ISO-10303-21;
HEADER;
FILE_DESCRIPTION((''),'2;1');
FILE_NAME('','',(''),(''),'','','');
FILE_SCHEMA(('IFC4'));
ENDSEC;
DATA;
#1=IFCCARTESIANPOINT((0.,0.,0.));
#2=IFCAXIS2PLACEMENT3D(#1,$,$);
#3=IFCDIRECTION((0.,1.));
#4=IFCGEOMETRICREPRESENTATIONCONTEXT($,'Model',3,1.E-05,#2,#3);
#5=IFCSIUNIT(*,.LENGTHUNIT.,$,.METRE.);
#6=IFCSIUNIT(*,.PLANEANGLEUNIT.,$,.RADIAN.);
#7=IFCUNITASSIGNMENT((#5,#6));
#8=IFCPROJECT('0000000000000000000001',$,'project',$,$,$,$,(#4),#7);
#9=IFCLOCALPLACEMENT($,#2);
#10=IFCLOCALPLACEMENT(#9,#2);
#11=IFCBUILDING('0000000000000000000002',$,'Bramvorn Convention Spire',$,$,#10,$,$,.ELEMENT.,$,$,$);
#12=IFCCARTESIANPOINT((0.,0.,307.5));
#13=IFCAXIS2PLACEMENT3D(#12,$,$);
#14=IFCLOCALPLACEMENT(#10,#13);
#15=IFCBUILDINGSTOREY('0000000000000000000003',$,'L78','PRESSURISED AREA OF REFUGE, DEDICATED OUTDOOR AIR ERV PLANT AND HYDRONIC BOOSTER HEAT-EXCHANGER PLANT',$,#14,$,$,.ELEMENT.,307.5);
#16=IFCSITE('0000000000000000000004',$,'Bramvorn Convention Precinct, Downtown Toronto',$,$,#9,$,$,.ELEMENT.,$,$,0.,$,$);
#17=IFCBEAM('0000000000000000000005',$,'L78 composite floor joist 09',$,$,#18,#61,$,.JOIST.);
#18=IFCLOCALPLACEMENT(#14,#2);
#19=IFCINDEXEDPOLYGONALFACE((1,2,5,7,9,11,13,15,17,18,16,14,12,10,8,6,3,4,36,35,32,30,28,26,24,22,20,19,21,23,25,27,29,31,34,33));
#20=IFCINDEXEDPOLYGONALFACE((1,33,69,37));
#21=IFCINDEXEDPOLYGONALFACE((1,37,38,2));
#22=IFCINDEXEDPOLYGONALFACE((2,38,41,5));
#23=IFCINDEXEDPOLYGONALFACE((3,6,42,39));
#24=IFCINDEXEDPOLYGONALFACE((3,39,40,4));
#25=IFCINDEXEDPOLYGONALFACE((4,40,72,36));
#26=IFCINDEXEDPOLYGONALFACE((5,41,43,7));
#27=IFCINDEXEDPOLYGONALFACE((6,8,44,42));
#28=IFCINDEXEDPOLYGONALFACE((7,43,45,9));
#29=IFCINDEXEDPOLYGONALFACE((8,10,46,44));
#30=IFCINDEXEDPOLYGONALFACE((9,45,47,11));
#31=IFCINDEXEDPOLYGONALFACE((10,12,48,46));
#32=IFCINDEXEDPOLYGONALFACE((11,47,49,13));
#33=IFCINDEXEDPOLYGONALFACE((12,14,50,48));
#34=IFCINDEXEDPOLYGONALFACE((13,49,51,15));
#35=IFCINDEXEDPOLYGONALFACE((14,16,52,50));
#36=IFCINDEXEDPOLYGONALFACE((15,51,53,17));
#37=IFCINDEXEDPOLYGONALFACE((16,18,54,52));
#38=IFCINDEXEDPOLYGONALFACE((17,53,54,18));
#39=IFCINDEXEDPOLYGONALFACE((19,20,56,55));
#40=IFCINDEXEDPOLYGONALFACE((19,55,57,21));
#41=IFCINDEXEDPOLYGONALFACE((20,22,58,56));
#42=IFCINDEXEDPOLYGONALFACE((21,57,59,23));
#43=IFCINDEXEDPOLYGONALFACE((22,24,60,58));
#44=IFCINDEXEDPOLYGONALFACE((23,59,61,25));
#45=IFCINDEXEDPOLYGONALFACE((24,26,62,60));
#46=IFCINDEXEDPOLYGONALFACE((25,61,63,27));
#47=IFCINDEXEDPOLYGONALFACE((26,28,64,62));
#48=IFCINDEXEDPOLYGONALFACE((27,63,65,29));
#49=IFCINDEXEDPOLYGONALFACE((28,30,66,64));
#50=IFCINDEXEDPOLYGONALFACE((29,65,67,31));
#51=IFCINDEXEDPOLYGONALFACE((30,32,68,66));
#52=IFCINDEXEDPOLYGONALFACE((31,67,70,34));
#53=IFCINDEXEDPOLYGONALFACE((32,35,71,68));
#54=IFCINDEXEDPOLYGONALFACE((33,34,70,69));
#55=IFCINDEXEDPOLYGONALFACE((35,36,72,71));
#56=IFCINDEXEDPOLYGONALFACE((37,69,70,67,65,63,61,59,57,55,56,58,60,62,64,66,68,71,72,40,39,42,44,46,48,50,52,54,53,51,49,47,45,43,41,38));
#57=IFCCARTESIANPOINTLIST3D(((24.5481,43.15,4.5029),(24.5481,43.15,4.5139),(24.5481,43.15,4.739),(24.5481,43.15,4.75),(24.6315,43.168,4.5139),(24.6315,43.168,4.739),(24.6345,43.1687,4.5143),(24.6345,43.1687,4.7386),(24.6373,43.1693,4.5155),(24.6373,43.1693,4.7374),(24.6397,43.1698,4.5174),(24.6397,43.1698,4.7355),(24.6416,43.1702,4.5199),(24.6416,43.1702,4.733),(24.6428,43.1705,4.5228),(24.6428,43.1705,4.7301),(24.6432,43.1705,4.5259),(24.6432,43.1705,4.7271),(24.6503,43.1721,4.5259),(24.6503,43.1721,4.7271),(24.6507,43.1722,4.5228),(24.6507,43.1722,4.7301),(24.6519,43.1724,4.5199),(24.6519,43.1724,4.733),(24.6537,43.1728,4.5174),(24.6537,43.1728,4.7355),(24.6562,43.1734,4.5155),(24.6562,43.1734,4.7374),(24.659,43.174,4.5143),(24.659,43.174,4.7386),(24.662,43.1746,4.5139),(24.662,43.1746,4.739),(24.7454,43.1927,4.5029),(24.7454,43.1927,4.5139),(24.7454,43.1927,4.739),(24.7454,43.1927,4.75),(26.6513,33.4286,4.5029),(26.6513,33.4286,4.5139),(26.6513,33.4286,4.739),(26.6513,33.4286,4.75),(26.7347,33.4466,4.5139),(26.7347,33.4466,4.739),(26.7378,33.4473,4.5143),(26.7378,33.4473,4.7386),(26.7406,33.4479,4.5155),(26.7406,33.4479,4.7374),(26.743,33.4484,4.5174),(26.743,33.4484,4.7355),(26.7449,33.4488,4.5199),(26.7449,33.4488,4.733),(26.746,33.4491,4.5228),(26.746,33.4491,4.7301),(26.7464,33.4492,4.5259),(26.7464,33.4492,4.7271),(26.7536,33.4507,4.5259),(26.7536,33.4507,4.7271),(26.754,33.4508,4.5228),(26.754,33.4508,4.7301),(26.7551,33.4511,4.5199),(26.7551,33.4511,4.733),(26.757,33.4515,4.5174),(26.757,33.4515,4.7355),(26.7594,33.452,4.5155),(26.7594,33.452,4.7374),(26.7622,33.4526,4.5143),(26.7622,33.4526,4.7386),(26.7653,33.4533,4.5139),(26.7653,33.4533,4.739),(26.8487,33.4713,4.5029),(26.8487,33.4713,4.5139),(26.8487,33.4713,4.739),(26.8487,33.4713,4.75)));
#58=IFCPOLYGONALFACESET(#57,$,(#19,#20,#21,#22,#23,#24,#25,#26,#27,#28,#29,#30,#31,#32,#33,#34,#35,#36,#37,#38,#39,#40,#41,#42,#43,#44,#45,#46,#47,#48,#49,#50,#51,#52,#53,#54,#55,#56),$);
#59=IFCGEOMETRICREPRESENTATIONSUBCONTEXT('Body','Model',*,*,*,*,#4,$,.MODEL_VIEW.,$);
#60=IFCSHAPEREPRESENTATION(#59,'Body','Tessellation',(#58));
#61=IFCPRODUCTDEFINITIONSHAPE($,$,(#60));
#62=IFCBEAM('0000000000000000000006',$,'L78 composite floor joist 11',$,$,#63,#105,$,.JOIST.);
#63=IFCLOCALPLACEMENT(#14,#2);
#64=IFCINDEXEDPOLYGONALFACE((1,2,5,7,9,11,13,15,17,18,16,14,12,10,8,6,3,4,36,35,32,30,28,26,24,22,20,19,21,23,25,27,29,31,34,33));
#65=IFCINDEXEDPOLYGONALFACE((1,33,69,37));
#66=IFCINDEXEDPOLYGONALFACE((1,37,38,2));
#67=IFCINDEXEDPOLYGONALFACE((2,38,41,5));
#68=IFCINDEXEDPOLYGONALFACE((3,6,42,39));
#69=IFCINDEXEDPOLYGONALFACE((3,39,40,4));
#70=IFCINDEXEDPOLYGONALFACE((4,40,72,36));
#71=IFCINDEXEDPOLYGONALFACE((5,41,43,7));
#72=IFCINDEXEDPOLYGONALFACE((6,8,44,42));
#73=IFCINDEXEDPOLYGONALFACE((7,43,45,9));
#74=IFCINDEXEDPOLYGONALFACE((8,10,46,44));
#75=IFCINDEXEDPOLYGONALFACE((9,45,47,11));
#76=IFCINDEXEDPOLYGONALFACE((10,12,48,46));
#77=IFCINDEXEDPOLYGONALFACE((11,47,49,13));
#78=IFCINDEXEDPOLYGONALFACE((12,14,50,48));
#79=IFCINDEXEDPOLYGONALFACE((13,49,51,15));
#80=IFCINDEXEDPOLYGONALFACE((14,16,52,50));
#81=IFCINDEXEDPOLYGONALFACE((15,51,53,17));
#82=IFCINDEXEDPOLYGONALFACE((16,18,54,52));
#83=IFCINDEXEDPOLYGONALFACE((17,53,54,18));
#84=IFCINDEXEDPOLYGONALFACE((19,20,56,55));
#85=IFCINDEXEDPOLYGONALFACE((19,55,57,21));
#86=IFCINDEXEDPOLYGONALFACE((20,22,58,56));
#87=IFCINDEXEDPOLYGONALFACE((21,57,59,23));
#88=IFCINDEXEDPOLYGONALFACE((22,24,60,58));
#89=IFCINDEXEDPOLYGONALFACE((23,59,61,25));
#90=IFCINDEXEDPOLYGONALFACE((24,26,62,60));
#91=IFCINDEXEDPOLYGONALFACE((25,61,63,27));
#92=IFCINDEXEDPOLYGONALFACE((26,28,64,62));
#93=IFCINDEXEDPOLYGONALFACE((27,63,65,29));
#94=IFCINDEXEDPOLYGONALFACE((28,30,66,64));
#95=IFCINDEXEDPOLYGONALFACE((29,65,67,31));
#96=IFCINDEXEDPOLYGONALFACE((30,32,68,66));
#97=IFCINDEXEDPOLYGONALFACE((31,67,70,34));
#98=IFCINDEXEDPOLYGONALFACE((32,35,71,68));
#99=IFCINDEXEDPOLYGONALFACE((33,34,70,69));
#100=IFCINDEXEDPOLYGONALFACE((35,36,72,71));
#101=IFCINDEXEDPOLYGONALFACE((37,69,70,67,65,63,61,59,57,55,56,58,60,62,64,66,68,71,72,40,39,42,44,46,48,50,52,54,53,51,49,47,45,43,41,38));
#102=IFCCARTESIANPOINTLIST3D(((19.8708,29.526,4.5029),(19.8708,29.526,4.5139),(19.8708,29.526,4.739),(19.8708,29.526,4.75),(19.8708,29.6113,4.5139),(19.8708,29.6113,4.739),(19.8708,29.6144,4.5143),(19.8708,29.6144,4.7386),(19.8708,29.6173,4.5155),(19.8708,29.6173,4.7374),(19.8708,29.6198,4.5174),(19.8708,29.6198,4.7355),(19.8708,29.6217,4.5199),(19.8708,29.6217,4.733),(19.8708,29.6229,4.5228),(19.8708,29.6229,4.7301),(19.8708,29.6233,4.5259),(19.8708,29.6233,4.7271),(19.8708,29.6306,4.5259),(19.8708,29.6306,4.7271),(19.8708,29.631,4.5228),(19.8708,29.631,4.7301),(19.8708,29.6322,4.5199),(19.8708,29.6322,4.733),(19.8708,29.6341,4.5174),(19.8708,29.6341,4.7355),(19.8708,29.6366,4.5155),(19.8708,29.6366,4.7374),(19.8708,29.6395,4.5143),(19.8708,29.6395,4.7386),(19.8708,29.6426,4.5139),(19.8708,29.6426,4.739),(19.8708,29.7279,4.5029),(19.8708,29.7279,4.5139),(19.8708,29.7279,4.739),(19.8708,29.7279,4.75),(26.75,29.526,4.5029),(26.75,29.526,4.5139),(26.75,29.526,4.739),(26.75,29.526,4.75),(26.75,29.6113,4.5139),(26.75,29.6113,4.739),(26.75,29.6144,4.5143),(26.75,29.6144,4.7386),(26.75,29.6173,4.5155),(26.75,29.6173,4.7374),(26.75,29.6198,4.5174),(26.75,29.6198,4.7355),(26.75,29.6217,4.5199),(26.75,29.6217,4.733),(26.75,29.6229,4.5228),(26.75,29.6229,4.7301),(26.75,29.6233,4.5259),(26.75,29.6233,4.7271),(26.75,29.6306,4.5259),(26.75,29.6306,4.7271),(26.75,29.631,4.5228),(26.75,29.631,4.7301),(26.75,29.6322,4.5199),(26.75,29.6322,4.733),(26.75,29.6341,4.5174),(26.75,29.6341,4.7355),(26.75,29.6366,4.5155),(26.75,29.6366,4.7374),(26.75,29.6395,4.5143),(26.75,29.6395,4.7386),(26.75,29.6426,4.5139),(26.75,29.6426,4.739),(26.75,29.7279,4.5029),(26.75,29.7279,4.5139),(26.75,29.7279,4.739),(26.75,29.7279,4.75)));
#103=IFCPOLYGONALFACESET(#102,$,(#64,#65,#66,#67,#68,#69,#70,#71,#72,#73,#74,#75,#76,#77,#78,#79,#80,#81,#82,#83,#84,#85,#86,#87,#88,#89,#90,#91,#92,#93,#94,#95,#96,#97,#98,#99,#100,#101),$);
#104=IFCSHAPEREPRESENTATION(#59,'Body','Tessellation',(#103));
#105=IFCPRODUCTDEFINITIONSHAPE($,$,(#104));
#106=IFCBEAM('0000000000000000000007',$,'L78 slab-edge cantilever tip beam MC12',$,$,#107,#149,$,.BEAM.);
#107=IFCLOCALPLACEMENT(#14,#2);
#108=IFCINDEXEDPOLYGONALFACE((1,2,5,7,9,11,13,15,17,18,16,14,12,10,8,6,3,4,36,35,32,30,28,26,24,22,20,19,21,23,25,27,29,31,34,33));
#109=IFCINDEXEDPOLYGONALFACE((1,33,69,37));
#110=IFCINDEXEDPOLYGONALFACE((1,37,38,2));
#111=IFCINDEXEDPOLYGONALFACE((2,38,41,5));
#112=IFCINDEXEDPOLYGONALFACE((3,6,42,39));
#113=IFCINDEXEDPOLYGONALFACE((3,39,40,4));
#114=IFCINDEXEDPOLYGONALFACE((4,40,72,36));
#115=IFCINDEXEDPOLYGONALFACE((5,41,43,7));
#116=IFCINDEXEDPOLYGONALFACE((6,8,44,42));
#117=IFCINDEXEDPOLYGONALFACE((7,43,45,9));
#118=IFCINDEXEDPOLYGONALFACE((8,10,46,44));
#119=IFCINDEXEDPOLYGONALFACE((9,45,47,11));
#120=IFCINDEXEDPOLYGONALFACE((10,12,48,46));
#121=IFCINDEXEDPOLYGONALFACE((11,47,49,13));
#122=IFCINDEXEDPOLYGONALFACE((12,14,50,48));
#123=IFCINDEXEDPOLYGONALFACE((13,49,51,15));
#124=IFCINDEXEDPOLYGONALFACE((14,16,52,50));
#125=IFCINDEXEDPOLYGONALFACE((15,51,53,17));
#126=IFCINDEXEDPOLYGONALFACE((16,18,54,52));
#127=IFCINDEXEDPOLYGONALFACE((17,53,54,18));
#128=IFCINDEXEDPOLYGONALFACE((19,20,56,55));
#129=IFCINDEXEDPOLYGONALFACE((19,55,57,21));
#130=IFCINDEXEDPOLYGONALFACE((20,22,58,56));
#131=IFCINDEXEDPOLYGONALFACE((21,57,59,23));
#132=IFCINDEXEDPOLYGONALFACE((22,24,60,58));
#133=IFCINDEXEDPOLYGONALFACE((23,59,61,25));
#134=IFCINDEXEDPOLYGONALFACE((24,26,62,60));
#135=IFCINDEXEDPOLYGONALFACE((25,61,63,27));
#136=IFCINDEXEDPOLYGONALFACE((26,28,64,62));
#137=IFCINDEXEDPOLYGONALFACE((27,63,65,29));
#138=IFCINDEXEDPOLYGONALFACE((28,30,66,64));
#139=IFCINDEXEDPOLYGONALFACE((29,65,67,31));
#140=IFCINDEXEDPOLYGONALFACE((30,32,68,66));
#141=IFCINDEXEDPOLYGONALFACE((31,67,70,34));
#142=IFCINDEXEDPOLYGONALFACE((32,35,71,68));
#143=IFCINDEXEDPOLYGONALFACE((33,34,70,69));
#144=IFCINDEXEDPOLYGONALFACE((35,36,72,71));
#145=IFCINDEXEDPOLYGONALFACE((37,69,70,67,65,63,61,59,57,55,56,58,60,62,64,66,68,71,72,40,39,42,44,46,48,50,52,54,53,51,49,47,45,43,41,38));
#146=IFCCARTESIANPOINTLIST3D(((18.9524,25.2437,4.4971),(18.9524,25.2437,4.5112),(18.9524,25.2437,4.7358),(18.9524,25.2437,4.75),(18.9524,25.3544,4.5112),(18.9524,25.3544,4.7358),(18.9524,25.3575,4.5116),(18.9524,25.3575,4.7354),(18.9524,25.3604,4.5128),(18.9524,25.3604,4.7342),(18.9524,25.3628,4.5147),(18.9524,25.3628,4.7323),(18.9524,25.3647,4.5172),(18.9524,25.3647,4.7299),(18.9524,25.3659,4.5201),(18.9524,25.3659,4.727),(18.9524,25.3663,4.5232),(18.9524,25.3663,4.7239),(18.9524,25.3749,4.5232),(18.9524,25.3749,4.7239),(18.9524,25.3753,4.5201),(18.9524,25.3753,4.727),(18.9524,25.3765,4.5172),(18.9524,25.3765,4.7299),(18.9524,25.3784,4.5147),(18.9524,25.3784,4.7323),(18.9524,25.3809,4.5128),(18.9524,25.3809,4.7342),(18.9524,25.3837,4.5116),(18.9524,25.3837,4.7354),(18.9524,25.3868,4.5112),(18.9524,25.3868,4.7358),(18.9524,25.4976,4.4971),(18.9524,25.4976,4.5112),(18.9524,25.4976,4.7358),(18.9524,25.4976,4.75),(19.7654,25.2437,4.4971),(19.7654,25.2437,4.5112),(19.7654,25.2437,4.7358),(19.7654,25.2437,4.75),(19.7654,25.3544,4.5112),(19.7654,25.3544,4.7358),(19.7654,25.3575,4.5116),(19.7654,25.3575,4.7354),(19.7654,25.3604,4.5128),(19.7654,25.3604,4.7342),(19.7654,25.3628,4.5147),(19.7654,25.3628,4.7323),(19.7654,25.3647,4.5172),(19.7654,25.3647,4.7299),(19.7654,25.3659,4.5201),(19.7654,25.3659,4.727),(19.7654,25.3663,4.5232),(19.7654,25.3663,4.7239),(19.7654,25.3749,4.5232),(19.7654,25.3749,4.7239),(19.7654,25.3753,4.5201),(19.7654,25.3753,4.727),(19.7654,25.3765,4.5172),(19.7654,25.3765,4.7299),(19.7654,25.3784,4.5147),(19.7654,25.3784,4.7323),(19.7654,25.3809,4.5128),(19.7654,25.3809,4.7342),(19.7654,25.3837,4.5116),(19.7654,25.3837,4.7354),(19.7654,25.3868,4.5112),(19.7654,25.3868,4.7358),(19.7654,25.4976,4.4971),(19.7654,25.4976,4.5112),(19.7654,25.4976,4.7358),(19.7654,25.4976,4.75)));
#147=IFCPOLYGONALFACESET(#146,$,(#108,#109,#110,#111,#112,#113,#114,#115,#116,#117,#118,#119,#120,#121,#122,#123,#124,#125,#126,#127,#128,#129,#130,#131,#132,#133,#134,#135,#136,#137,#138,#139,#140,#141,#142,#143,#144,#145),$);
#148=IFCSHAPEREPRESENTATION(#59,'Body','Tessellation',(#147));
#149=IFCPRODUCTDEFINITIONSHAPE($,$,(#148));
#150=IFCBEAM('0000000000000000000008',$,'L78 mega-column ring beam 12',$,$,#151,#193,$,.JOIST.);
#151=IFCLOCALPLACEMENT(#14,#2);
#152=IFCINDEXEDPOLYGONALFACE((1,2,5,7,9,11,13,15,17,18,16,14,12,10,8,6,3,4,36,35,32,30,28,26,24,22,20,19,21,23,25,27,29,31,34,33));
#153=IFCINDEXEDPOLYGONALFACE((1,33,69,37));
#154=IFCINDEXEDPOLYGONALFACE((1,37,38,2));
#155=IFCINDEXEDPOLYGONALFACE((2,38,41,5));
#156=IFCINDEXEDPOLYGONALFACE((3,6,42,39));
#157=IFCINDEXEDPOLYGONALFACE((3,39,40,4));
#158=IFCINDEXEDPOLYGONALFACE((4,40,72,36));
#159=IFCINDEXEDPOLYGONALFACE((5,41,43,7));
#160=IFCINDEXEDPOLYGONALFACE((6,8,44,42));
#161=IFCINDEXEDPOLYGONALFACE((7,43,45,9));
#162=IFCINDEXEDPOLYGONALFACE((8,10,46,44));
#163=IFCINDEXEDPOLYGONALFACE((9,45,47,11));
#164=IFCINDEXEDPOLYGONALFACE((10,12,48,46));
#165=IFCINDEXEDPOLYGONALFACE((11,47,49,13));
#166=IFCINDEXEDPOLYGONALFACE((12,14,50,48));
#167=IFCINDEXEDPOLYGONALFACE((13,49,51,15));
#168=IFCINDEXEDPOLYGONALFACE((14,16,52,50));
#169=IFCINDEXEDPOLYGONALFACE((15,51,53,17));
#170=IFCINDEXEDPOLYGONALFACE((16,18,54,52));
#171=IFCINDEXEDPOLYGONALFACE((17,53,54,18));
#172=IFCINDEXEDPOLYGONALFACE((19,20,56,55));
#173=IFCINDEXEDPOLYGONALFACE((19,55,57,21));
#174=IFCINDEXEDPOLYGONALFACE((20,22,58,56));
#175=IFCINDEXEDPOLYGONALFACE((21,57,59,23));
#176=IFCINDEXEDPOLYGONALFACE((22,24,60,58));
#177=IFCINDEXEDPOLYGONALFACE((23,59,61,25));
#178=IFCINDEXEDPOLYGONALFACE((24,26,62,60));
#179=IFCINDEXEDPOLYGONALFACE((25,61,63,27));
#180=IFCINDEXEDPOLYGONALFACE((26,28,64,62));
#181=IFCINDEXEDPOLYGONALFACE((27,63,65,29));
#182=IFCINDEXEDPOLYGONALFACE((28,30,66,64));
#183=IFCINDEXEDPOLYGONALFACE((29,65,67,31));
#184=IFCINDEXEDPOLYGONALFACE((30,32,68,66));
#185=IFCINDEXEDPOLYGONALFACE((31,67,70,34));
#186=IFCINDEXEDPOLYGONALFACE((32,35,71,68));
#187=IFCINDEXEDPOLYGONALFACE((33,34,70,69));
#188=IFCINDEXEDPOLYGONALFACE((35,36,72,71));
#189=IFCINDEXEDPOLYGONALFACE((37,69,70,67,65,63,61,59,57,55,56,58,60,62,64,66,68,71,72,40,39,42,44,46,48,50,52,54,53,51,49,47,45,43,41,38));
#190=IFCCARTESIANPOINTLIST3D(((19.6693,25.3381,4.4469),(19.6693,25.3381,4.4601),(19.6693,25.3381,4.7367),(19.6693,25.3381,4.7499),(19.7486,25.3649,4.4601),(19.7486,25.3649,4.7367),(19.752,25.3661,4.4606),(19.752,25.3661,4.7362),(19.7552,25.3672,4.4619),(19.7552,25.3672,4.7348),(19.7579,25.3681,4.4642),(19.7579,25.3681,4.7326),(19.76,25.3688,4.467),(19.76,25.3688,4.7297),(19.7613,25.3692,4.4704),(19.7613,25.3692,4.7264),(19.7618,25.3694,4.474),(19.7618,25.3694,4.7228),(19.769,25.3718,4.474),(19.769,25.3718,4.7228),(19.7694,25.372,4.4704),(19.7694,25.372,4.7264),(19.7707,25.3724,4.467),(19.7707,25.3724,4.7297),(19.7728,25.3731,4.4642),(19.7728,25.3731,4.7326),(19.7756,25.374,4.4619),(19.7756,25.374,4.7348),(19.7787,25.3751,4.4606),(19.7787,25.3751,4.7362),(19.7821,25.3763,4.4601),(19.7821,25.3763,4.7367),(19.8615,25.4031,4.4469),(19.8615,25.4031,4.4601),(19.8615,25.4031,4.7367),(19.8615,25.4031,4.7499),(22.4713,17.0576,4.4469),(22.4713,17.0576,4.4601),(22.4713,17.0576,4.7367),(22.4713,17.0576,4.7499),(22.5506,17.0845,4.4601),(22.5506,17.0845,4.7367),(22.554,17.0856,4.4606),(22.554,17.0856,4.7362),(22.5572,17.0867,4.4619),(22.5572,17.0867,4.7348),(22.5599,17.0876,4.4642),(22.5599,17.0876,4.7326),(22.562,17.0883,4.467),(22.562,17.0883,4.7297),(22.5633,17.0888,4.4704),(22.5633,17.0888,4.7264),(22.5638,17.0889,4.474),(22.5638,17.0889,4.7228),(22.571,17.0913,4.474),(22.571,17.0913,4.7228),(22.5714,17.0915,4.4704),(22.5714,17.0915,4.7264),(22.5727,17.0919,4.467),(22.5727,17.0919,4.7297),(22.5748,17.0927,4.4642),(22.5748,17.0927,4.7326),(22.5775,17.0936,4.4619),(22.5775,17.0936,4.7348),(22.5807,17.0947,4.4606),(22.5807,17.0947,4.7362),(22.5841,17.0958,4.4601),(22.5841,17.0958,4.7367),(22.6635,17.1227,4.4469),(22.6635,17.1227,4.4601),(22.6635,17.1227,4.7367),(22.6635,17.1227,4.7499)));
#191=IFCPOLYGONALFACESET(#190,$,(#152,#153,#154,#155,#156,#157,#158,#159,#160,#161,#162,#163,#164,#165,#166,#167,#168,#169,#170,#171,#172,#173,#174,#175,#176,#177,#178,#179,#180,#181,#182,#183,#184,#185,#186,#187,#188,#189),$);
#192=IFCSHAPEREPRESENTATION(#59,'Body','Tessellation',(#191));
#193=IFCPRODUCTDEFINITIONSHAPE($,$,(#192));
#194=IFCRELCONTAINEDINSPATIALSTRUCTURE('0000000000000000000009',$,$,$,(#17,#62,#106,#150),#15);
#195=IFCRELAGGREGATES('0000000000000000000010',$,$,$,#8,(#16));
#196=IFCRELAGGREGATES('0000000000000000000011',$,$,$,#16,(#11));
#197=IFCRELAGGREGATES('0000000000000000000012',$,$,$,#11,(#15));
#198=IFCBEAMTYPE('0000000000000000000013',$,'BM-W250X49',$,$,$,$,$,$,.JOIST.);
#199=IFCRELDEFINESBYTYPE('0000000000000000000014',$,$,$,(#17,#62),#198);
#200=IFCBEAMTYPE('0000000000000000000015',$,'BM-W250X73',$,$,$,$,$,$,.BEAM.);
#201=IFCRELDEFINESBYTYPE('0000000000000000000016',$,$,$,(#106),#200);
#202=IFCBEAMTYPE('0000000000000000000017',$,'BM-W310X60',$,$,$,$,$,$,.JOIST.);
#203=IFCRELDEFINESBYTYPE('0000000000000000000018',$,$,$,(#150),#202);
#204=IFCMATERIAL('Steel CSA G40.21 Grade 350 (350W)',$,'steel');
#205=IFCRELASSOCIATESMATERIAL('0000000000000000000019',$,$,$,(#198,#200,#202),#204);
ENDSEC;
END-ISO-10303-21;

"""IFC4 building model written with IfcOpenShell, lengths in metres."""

from ifc_helpers import new_model, si_unit, direction, frame, origin, origin_2d, place, context, subcontext, project, spatial, i_section, extrude, material, material_profile, profile_set, type_object, element, save


model = new_model("IFC4")

# Units and contexts
model_context = context("Model", 3, precision=1e-05, world=origin(), true_north=direction((0.0, 1.0)))
body_context = subcontext(model_context, "Body", "Model", "MODEL_VIEW")
ifc_project = project(units=[si_unit("LENGTHUNIT", "METRE"), si_unit("PLANEANGLEUNIT", "RADIAN")], contexts=[model_context])

# Site, building, storey
site_placement = place(None, origin())
site = spatial("IfcSite", under=ifc_project, at=site_placement, Name="Bramvorn Convention Precinct, Downtown Toronto", CompositionType="ELEMENT", RefElevation=0.0)
building_placement = place(site_placement, origin())
building = spatial("IfcBuilding", under=site, at=building_placement, Name="Bramvorn Convention Spire", CompositionType="ELEMENT")
storey_placement = place(building_placement, frame((0.0, 0.0, 307.5)))
storey = spatial("IfcBuildingStorey", under=building, at=storey_placement, Name="L78", Description="PRESSURISED AREA OF REFUGE, DEDICATED OUTDOOR AIR ERV PLANT AND HYDRONIC BOOSTER HEAT-EXCHANGER PLANT", CompositionType="ELEMENT", Elevation=307.5)

# Shared definitions
ifc_material_1 = material(Name="Steel CSA G40.21 Grade 350 (350W)", Category="steel")

# Beams
ifc_material_profile_1 = material_profile(ifc_material_1, i_section(OverallWidth=0.2019, OverallDepth=0.2471, WebThickness=0.0073, FlangeThickness=0.011, FilletRadius=0.012, at=origin_2d()))
ifc_profile_set_1 = profile_set([ifc_material_profile_1], Name="Steel CSA G40.21 Grade 350 (350W) - W250X49")
beam_type_1 = type_object("IfcBeamType", Name="BM-W250X49", PredefinedType="JOIST", material=ifc_profile_set_1)
beam_1_placement = place(storey_placement, frame((26.75, 33.45, 4.6265), z_axis=(-0.211461, 0.977386, 0.0), x_axis=(-0.977386, -0.211461, 0.0)))
element("IfcBeam", 1, at=beam_1_placement, inside=storey, type_object=beam_type_1, Name="L78 composite floor joist 09", PredefinedType="JOIST", context=body_context, shape_type="SweptSolid", body=[
    extrude(i_section(OverallWidth=0.2019, OverallDepth=0.2471, WebThickness=0.0073, FlangeThickness=0.011, FilletRadius=0.012, at=origin_2d()), origin(), (0.0, 0.0, 1.0), 9.9463),
])
beam_2_placement = place(storey_placement, frame((26.75, 29.627, 4.6265), z_axis=(-1.0, 0.0, 0.0), x_axis=(0.0, -1.0, 0.0)))
element("IfcBeam", 2, at=beam_2_placement, inside=storey, type_object=beam_type_1, Name="L78 composite floor joist 11", PredefinedType="JOIST", context=body_context, shape_type="SweptSolid", body=[
    extrude(i_section(OverallWidth=0.2019, OverallDepth=0.2471, WebThickness=0.0073, FlangeThickness=0.011, FilletRadius=0.012, at=origin_2d()), origin(), (0.0, 0.0, 1.0), 6.8792),
])
ifc_material_profile_2 = material_profile(ifc_material_1, i_section(OverallWidth=0.2539, OverallDepth=0.2529, WebThickness=0.0085, FlangeThickness=0.0142, FilletRadius=0.012, at=origin_2d()))
ifc_profile_set_2 = profile_set([ifc_material_profile_2], Name="Steel CSA G40.21 Grade 350 (350W) - W250X73")
beam_type_2 = type_object("IfcBeamType", Name="BM-W250X73", PredefinedType="BEAM", material=ifc_profile_set_2)
beam_3_placement = place(storey_placement, frame((19.7654, 25.3706, 4.6235), z_axis=(-1.0, 0.0, 0.0), x_axis=(0.0, -1.0, 0.0)))
element("IfcBeam", 3, at=beam_3_placement, inside=storey, type_object=beam_type_2, Name="L78 slab-edge cantilever tip beam MC12", PredefinedType="BEAM", context=body_context, shape_type="SweptSolid", body=[
    extrude(i_section(OverallWidth=0.2539, OverallDepth=0.2529, WebThickness=0.0085, FlangeThickness=0.0142, FilletRadius=0.012, at=origin_2d()), origin(), (0.0, 0.0, 1.0), 0.813),
])
ifc_material_profile_3 = material_profile(ifc_material_1, i_section(OverallWidth=0.2029, OverallDepth=0.303, WebThickness=0.0076, FlangeThickness=0.0132, FilletRadius=0.0139, at=origin_2d()))
ifc_profile_set_3 = profile_set([ifc_material_profile_3], Name="Steel CSA G40.21 Grade 350 (350W) - W310X60")
beam_type_3 = type_object("IfcBeamType", Name="BM-W310X60", PredefinedType="JOIST", material=ifc_profile_set_3)
beam_4_placement = place(storey_placement, frame((19.7654, 25.3706, 4.5984), z_axis=(0.320531, -0.947238, 0.0), x_axis=(0.947238, 0.320531, 0.0)))
element("IfcBeam", 4, at=beam_4_placement, inside=storey, type_object=beam_type_3, Name="L78 mega-column ring beam 12", PredefinedType="JOIST", context=body_context, shape_type="SweptSolid", body=[
    extrude(i_section(OverallWidth=0.2029, OverallDepth=0.303, WebThickness=0.0076, FlangeThickness=0.0132, FilletRadius=0.0139, at=origin_2d()), origin(), (0.0, 0.0, 1.0), 8.7417),
])

save(model, "model.ifc")
